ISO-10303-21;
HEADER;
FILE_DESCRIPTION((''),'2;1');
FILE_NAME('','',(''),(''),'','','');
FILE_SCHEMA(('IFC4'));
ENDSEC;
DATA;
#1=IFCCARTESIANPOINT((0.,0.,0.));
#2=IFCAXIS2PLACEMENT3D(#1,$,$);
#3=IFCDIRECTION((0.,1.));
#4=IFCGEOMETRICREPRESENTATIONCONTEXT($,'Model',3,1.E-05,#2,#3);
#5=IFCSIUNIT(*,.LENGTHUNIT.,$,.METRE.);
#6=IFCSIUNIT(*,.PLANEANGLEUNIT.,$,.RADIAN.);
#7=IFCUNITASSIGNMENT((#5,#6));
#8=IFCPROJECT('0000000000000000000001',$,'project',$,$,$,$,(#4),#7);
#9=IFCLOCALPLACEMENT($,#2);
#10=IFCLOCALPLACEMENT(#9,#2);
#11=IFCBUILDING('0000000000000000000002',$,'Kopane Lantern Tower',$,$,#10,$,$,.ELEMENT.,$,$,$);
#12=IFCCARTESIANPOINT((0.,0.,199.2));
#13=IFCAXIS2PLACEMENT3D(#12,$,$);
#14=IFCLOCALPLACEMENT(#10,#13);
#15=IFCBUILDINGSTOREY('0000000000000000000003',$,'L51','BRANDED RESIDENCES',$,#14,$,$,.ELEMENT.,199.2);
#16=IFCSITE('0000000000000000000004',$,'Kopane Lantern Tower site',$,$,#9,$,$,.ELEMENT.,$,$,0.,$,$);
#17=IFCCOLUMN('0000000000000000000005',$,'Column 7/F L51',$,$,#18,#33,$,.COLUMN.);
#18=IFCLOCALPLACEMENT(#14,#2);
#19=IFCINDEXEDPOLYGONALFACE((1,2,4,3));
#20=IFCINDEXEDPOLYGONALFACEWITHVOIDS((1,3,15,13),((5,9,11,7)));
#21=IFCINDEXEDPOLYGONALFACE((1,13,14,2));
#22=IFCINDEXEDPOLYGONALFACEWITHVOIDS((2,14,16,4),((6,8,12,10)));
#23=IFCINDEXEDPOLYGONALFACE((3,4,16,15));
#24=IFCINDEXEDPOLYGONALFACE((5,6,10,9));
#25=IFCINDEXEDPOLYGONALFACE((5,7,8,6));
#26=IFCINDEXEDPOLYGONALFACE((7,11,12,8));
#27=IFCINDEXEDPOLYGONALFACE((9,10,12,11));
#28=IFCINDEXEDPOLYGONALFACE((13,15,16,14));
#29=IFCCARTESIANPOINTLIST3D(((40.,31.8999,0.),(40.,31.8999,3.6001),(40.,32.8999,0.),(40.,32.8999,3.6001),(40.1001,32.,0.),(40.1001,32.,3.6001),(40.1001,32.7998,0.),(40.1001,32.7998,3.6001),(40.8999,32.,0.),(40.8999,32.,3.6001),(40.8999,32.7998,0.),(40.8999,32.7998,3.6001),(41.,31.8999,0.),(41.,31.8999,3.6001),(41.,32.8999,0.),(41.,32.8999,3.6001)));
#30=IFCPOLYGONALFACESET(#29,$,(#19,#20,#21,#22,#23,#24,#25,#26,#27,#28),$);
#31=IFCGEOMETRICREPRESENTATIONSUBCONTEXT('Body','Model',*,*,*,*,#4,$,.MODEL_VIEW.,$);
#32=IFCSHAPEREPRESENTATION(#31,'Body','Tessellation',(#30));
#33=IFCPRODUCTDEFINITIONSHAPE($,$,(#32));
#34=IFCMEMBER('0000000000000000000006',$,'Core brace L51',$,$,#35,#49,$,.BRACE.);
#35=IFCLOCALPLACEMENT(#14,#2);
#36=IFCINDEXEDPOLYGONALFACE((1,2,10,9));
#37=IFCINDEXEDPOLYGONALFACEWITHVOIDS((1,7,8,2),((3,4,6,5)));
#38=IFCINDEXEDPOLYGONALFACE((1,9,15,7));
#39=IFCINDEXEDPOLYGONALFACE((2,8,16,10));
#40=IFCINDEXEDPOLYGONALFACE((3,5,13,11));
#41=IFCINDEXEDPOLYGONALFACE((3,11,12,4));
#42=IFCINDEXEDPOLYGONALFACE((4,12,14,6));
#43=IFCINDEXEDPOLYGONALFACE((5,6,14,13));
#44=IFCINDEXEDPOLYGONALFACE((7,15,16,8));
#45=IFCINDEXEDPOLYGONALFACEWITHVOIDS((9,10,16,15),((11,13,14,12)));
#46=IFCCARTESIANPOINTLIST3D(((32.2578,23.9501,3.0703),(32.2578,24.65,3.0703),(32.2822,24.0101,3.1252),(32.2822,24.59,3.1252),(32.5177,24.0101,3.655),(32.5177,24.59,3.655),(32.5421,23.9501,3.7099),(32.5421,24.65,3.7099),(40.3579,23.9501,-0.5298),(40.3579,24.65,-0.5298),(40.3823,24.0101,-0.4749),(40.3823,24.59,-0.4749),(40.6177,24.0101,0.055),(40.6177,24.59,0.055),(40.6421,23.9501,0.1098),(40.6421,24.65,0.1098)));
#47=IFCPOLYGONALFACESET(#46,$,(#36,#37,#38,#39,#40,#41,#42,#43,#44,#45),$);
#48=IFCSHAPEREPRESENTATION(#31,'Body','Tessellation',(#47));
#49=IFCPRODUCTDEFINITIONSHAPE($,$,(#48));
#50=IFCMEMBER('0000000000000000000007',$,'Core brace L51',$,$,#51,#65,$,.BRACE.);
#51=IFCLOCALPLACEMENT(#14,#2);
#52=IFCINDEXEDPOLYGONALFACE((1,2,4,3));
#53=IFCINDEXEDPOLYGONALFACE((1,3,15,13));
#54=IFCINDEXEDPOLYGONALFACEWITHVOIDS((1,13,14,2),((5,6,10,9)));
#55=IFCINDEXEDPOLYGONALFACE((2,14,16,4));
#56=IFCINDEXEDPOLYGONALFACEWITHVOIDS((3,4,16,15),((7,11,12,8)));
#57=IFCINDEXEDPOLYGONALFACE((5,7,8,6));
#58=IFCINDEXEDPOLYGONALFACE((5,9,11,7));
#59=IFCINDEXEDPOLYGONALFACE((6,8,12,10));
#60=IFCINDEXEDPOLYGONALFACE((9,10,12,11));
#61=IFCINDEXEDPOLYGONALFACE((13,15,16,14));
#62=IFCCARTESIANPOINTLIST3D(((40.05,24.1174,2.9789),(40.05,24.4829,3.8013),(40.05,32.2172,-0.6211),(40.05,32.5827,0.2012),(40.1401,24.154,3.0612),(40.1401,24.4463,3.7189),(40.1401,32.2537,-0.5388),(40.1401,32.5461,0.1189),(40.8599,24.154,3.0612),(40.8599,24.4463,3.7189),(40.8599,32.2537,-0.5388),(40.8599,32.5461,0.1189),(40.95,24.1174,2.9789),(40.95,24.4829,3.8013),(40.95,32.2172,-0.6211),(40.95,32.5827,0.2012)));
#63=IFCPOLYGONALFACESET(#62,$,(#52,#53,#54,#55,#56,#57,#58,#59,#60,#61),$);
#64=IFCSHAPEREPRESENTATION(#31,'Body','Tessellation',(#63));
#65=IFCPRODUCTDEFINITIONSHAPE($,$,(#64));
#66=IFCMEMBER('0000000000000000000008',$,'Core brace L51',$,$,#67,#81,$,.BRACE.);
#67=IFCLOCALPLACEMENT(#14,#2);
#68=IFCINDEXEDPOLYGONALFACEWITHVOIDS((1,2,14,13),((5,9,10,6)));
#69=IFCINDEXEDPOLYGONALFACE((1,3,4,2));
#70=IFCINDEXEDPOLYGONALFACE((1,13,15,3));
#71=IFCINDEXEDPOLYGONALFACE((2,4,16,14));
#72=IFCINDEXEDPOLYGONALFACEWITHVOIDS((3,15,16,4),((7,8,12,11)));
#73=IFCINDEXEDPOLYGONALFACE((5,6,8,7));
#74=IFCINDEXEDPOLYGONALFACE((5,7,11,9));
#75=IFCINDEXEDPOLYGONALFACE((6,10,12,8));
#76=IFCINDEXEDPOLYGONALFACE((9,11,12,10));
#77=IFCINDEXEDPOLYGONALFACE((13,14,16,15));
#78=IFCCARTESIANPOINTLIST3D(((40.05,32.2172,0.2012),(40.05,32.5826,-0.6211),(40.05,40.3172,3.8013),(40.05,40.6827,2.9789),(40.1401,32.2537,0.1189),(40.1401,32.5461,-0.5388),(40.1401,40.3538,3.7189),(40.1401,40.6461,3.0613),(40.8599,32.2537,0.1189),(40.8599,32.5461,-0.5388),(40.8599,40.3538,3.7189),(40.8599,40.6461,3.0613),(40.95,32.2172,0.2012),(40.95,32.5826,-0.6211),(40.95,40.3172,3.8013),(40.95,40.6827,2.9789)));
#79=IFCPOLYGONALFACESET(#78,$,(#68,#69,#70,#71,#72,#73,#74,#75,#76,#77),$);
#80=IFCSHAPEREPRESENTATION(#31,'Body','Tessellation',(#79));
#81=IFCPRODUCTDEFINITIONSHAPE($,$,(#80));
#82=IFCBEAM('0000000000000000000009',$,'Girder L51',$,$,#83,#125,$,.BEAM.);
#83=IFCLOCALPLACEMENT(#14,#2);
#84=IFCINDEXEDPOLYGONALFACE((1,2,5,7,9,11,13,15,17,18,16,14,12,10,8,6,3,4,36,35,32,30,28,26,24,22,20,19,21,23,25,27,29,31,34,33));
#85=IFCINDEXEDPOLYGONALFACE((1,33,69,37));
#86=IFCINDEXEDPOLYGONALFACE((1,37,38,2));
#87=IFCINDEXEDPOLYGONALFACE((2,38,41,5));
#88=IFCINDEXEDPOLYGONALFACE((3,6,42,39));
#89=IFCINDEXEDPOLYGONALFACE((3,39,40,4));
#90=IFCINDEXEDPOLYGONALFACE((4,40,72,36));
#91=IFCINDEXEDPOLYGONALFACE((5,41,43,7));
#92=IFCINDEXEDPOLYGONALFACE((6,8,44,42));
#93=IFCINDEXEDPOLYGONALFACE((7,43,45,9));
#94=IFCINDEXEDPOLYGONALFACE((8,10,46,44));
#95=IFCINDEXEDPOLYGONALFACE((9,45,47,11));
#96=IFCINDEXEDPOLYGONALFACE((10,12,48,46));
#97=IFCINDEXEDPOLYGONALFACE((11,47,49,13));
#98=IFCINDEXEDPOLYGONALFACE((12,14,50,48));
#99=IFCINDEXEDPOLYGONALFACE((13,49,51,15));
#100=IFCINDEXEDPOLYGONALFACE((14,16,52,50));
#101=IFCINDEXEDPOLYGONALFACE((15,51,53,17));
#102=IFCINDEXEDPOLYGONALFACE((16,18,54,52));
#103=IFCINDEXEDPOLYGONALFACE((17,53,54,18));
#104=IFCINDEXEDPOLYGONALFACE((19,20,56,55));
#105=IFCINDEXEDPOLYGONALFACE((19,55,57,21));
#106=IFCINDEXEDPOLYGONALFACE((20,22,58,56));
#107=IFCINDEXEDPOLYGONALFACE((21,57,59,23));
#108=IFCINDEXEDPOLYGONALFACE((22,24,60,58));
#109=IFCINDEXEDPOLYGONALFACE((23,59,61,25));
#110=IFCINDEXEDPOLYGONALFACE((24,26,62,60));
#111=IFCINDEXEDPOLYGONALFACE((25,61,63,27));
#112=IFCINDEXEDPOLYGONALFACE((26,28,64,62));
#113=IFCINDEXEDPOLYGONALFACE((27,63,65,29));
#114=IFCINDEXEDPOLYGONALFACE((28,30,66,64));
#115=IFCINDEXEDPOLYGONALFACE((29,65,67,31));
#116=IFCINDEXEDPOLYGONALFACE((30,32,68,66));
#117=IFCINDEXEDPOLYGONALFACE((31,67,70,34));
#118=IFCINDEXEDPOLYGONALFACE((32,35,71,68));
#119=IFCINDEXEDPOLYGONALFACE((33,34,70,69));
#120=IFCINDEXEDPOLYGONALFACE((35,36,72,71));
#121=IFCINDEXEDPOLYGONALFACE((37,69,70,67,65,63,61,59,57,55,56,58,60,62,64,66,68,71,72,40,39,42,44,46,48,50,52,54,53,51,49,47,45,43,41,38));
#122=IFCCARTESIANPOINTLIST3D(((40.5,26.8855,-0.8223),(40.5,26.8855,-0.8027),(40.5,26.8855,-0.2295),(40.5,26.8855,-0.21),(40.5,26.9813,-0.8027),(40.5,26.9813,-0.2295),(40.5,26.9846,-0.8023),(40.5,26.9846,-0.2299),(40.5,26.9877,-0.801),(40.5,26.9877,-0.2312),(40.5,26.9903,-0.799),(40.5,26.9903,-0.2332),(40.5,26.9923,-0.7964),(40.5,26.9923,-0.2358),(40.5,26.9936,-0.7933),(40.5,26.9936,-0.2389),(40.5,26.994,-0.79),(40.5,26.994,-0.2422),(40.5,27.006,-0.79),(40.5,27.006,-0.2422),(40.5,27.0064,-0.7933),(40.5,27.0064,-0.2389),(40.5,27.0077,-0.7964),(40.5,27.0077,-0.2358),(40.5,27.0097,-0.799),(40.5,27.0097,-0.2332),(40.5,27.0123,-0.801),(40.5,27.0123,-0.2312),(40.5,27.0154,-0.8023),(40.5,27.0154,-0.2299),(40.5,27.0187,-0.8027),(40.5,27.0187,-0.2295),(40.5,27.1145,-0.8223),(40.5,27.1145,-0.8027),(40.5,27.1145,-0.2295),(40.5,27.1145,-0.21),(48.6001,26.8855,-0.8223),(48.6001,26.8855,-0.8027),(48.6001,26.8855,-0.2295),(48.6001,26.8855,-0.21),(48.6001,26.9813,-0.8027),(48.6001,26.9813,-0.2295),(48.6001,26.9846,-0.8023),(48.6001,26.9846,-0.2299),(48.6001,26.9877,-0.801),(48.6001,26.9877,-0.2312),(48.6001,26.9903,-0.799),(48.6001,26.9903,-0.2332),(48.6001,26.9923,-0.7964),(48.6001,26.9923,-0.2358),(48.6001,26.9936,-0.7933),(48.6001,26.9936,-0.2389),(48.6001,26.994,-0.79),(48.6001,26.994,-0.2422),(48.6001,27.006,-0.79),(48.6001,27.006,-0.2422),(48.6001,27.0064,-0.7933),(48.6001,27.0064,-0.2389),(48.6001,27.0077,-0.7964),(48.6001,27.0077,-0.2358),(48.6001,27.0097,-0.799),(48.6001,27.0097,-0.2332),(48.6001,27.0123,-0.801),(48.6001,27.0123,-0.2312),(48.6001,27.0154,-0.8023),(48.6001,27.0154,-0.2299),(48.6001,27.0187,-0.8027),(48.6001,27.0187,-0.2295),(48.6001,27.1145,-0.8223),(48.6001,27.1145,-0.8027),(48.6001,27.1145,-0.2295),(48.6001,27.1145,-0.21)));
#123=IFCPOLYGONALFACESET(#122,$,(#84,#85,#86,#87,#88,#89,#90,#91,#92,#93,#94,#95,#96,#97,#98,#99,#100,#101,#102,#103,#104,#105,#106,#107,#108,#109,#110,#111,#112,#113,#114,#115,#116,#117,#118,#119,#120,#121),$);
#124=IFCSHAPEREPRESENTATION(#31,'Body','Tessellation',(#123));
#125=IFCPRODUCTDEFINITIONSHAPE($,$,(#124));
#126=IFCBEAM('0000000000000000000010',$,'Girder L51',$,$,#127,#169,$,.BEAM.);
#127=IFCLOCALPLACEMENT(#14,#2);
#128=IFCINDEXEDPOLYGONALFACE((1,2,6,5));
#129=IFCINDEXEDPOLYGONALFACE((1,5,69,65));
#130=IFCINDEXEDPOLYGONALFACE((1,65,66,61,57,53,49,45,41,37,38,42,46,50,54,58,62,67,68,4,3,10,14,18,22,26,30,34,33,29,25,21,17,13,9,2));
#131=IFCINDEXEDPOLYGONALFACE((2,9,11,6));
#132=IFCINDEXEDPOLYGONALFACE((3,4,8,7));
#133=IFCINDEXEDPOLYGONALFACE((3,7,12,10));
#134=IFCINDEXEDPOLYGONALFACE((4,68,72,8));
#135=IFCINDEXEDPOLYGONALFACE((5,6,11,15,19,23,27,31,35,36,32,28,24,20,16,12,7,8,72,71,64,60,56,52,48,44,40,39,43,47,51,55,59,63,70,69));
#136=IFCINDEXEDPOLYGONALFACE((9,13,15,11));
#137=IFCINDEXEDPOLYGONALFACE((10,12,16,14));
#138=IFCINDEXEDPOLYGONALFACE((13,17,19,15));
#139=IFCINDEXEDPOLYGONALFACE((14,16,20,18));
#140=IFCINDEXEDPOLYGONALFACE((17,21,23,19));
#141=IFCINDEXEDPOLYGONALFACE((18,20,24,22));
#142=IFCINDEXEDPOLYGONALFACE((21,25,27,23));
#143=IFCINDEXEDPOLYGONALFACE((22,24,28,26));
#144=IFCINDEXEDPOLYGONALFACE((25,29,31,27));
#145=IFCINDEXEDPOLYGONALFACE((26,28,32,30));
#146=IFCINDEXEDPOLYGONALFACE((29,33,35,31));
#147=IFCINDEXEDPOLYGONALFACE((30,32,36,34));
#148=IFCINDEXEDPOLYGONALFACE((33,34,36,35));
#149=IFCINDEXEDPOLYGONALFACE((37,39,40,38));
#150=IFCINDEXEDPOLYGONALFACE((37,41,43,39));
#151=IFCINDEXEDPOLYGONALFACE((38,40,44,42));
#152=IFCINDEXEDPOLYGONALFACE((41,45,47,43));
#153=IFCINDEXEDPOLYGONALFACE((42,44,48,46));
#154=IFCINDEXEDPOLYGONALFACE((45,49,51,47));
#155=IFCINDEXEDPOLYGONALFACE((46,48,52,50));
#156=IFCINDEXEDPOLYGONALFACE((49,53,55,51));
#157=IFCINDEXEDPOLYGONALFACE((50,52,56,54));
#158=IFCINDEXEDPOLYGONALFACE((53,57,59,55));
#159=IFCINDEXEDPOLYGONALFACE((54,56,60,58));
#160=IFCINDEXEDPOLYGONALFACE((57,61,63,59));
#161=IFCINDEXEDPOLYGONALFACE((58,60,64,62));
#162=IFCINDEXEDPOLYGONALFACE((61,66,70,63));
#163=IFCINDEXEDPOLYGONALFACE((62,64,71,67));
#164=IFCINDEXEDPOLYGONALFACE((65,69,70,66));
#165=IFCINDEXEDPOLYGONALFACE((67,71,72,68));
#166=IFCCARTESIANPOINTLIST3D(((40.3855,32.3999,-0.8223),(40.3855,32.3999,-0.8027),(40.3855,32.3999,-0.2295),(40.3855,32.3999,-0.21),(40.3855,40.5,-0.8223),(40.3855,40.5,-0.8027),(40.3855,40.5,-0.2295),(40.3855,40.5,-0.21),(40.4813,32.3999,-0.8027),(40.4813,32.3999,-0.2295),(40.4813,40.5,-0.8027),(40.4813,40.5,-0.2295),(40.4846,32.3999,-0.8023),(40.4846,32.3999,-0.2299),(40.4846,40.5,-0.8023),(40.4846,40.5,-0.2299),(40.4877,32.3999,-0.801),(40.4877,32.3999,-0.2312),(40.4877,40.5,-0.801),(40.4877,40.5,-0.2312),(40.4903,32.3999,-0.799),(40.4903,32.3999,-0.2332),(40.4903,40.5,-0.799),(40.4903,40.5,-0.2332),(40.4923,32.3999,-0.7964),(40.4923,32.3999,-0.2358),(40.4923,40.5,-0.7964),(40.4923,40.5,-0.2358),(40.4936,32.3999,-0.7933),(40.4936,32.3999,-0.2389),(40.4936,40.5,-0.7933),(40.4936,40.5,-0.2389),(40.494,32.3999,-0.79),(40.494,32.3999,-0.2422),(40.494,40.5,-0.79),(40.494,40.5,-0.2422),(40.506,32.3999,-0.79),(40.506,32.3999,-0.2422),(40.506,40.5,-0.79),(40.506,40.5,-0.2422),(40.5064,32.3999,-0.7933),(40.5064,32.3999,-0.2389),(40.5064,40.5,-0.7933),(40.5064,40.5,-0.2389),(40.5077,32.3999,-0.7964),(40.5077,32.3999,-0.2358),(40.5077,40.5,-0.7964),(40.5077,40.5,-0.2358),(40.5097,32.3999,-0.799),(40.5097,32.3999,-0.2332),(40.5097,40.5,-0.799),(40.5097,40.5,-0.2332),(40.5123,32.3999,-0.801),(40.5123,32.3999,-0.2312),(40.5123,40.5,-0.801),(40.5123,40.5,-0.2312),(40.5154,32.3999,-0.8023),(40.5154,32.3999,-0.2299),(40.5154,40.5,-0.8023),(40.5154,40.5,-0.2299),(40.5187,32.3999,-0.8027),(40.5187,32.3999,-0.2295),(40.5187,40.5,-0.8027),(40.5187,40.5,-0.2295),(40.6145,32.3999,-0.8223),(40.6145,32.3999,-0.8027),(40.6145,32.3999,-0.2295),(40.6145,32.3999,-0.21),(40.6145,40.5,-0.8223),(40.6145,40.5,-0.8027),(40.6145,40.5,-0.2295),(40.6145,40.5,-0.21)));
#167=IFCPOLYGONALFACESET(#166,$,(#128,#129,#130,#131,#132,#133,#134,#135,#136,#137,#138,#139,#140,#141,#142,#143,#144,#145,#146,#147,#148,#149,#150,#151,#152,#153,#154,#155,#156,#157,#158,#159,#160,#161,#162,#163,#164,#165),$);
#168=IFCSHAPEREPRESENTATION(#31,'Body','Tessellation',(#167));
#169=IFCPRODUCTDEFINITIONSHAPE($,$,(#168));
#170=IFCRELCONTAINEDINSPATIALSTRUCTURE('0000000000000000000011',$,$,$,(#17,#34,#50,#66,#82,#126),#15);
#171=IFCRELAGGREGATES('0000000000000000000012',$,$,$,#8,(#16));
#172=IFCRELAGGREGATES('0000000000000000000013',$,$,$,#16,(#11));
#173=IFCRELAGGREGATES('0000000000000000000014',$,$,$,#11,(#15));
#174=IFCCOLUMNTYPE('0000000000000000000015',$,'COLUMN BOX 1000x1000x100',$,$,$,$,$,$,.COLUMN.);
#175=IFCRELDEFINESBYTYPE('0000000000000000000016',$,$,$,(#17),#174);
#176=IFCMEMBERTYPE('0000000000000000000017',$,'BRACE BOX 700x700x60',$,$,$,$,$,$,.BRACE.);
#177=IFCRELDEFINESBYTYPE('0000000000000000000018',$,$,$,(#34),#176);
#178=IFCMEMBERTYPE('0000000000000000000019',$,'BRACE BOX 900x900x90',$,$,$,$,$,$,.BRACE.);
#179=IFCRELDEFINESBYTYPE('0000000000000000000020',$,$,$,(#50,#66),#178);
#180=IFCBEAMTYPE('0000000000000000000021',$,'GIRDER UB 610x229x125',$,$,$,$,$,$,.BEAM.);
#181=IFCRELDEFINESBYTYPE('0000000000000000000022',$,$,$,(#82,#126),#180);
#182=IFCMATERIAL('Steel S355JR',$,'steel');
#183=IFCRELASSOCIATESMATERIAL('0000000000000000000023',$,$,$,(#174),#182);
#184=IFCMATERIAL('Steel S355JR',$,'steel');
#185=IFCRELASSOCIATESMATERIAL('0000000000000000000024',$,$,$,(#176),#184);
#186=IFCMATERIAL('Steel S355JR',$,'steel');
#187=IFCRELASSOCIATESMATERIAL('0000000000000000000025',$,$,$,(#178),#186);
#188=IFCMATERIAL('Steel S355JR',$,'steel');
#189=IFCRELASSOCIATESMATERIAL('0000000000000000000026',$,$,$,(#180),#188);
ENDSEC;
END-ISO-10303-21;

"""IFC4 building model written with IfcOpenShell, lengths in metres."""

from ifc_helpers import new_model, si_unit, direction, frame, origin, origin_2d, place, context, subcontext, project, spatial, hollow_rectangle, i_section, extrude, material, material_profile, profile_set, type_object, element, save


model = new_model("IFC4")

# Units and contexts
model_context = context("Model", 3, precision=1e-05, world=origin(), true_north=direction((0.0, 1.0)))
body_context = subcontext(model_context, "Body", "Model", "MODEL_VIEW")
ifc_project = project(units=[si_unit("LENGTHUNIT", "METRE"), si_unit("PLANEANGLEUNIT", "RADIAN")], contexts=[model_context])

# Site, building, storey
site_placement = place(None, origin())
site = spatial("IfcSite", under=ifc_project, at=site_placement, Name="Kopane Lantern Tower site", CompositionType="ELEMENT", RefElevation=0.0)
building_placement = place(site_placement, origin())
building = spatial("IfcBuilding", under=site, at=building_placement, Name="Kopane Lantern Tower", CompositionType="ELEMENT")
storey_placement = place(building_placement, frame((0.0, 0.0, 199.2)))
storey = spatial("IfcBuildingStorey", under=building, at=storey_placement, Name="L51", Description="BRANDED RESIDENCES", CompositionType="ELEMENT", Elevation=199.2)

# Column
ifc_material_1 = material(Name="Steel S355JR", Category="steel")
ifc_material_profile_1 = material_profile(ifc_material_1, hollow_rectangle(XDim=1.0, YDim=1.0, WallThickness=0.1001, at=origin_2d()), Name="BOX 1000x1000x100")
ifc_profile_set_1 = profile_set([ifc_material_profile_1], Name="Steel S355JR")
column_type = type_object("IfcColumnType", Name="COLUMN BOX 1000x1000x100", PredefinedType="COLUMN", material=ifc_profile_set_1)
column_placement = place(storey_placement, frame((40.5, 32.3999, 0.0), z_axis=(0.0, 0.0, 1.0), x_axis=(1.0, 0.0, 0.0)))
element("IfcColumn", 1, at=column_placement, inside=storey, type_object=column_type, Name="Column 7/F L51", PredefinedType="COLUMN", context=body_context, shape_type="SweptSolid", body=[
    extrude(hollow_rectangle(XDim=1.0, YDim=1.0, WallThickness=0.1001, at=origin_2d()), origin(), (0.0, 0.0, 1.0), 3.6001),
])

# Members
ifc_material_2 = material(Name="Steel S355JR", Category="steel")
ifc_material_profile_2 = material_profile(ifc_material_2, hollow_rectangle(XDim=0.7, YDim=0.7, WallThickness=0.0601, at=origin_2d()), Name="BOX 700x700x60")
ifc_profile_set_2 = profile_set([ifc_material_profile_2], Name="Steel S355JR")
member_type_1 = type_object("IfcMemberType", Name="BRACE BOX 700x700x60", PredefinedType="BRACE", material=ifc_profile_set_2)
member_1_placement = place(storey_placement, frame((40.5, 24.3, -0.21), z_axis=(-0.913809, 0.0, 0.406144), x_axis=(0.0, -1.0, 0.0)))
element("IfcMember", 2, at=member_1_placement, inside=storey, type_object=member_type_1, Name="Core brace L51", PredefinedType="BRACE", context=body_context, shape_type="SweptSolid", body=[
    extrude(hollow_rectangle(XDim=0.7, YDim=0.7, WallThickness=0.0601, at=origin_2d()), origin(), (0.0, 0.0, 1.0), 8.864),
])
ifc_material_3 = material(Name="Steel S355JR", Category="steel")
ifc_material_profile_3 = material_profile(ifc_material_3, hollow_rectangle(XDim=0.8999, YDim=0.8999, WallThickness=0.0901, at=origin_2d()), Name="BOX 900x900x90")
ifc_profile_set_3 = profile_set([ifc_material_profile_3], Name="Steel S355JR")
member_type_2 = type_object("IfcMemberType", Name="BRACE BOX 900x900x90", PredefinedType="BRACE", material=ifc_profile_set_3)
member_2_placement = place(storey_placement, frame((40.5, 32.3999, -0.21), z_axis=(0.0, -0.913805, 0.406154), x_axis=(1.0, 0.0, 0.0)))
element("IfcMember", 3, at=member_2_placement, inside=storey, type_object=member_type_2, Name="Core brace L51", PredefinedType="BRACE", context=body_context, shape_type="SweptSolid", body=[
    extrude(hollow_rectangle(XDim=0.8999, YDim=0.8999, WallThickness=0.0901, at=origin_2d()), origin(), (0.0, 0.0, 1.0), 8.8638),
])
member_3_placement = place(storey_placement, frame((40.5, 32.3999, -0.21), z_axis=(0.0, 0.913809, 0.406144), x_axis=(-1.0, 0.0, 0.0)))
element("IfcMember", 4, at=member_3_placement, inside=storey, type_object=member_type_2, Name="Core brace L51", PredefinedType="BRACE", context=body_context, shape_type="SweptSolid", body=[
    extrude(hollow_rectangle(XDim=0.8999, YDim=0.8999, WallThickness=0.0901, at=origin_2d()), origin(), (0.0, 0.0, 1.0), 8.864),
])

# Beams
ifc_material_4 = material(Name="Steel S355JR", Category="steel")
ifc_material_profile_4 = material_profile(ifc_material_4, i_section(OverallWidth=0.229, OverallDepth=0.6123, WebThickness=0.012, FlangeThickness=0.0195, FilletRadius=0.0127, at=origin_2d()), Name="UB 610x229x125")
ifc_profile_set_4 = profile_set([ifc_material_profile_4], Name="Steel S355JR")
beam_type = type_object("IfcBeamType", Name="GIRDER UB 610x229x125", PredefinedType="BEAM", material=ifc_profile_set_4)
for number, where, z_axis, x_axis, name in (
    (5, (40.5, 27.0, -0.5161), (1.0, 0.0, 0.0), (0.0, 1.0, 0.0), "Girder L51"),
    (6, (40.5, 32.3999, -0.5161), (0.0, 1.0, 0.0), (-1.0, 0.0, 0.0), "Girder L51"),
):
    element("IfcBeam", number, at=place(storey_placement, frame(where, z_axis=z_axis, x_axis=x_axis)), inside=storey, type_object=beam_type, Name=name, PredefinedType="BEAM", context=body_context, shape_type="SweptSolid", body=[
        extrude(i_section(OverallWidth=0.229, OverallDepth=0.6123, WebThickness=0.012, FlangeThickness=0.0195, FilletRadius=0.0127, at=origin_2d()), origin(), (0.0, 0.0, 1.0), 8.1001),
    ])

save(model, "model.ifc")
